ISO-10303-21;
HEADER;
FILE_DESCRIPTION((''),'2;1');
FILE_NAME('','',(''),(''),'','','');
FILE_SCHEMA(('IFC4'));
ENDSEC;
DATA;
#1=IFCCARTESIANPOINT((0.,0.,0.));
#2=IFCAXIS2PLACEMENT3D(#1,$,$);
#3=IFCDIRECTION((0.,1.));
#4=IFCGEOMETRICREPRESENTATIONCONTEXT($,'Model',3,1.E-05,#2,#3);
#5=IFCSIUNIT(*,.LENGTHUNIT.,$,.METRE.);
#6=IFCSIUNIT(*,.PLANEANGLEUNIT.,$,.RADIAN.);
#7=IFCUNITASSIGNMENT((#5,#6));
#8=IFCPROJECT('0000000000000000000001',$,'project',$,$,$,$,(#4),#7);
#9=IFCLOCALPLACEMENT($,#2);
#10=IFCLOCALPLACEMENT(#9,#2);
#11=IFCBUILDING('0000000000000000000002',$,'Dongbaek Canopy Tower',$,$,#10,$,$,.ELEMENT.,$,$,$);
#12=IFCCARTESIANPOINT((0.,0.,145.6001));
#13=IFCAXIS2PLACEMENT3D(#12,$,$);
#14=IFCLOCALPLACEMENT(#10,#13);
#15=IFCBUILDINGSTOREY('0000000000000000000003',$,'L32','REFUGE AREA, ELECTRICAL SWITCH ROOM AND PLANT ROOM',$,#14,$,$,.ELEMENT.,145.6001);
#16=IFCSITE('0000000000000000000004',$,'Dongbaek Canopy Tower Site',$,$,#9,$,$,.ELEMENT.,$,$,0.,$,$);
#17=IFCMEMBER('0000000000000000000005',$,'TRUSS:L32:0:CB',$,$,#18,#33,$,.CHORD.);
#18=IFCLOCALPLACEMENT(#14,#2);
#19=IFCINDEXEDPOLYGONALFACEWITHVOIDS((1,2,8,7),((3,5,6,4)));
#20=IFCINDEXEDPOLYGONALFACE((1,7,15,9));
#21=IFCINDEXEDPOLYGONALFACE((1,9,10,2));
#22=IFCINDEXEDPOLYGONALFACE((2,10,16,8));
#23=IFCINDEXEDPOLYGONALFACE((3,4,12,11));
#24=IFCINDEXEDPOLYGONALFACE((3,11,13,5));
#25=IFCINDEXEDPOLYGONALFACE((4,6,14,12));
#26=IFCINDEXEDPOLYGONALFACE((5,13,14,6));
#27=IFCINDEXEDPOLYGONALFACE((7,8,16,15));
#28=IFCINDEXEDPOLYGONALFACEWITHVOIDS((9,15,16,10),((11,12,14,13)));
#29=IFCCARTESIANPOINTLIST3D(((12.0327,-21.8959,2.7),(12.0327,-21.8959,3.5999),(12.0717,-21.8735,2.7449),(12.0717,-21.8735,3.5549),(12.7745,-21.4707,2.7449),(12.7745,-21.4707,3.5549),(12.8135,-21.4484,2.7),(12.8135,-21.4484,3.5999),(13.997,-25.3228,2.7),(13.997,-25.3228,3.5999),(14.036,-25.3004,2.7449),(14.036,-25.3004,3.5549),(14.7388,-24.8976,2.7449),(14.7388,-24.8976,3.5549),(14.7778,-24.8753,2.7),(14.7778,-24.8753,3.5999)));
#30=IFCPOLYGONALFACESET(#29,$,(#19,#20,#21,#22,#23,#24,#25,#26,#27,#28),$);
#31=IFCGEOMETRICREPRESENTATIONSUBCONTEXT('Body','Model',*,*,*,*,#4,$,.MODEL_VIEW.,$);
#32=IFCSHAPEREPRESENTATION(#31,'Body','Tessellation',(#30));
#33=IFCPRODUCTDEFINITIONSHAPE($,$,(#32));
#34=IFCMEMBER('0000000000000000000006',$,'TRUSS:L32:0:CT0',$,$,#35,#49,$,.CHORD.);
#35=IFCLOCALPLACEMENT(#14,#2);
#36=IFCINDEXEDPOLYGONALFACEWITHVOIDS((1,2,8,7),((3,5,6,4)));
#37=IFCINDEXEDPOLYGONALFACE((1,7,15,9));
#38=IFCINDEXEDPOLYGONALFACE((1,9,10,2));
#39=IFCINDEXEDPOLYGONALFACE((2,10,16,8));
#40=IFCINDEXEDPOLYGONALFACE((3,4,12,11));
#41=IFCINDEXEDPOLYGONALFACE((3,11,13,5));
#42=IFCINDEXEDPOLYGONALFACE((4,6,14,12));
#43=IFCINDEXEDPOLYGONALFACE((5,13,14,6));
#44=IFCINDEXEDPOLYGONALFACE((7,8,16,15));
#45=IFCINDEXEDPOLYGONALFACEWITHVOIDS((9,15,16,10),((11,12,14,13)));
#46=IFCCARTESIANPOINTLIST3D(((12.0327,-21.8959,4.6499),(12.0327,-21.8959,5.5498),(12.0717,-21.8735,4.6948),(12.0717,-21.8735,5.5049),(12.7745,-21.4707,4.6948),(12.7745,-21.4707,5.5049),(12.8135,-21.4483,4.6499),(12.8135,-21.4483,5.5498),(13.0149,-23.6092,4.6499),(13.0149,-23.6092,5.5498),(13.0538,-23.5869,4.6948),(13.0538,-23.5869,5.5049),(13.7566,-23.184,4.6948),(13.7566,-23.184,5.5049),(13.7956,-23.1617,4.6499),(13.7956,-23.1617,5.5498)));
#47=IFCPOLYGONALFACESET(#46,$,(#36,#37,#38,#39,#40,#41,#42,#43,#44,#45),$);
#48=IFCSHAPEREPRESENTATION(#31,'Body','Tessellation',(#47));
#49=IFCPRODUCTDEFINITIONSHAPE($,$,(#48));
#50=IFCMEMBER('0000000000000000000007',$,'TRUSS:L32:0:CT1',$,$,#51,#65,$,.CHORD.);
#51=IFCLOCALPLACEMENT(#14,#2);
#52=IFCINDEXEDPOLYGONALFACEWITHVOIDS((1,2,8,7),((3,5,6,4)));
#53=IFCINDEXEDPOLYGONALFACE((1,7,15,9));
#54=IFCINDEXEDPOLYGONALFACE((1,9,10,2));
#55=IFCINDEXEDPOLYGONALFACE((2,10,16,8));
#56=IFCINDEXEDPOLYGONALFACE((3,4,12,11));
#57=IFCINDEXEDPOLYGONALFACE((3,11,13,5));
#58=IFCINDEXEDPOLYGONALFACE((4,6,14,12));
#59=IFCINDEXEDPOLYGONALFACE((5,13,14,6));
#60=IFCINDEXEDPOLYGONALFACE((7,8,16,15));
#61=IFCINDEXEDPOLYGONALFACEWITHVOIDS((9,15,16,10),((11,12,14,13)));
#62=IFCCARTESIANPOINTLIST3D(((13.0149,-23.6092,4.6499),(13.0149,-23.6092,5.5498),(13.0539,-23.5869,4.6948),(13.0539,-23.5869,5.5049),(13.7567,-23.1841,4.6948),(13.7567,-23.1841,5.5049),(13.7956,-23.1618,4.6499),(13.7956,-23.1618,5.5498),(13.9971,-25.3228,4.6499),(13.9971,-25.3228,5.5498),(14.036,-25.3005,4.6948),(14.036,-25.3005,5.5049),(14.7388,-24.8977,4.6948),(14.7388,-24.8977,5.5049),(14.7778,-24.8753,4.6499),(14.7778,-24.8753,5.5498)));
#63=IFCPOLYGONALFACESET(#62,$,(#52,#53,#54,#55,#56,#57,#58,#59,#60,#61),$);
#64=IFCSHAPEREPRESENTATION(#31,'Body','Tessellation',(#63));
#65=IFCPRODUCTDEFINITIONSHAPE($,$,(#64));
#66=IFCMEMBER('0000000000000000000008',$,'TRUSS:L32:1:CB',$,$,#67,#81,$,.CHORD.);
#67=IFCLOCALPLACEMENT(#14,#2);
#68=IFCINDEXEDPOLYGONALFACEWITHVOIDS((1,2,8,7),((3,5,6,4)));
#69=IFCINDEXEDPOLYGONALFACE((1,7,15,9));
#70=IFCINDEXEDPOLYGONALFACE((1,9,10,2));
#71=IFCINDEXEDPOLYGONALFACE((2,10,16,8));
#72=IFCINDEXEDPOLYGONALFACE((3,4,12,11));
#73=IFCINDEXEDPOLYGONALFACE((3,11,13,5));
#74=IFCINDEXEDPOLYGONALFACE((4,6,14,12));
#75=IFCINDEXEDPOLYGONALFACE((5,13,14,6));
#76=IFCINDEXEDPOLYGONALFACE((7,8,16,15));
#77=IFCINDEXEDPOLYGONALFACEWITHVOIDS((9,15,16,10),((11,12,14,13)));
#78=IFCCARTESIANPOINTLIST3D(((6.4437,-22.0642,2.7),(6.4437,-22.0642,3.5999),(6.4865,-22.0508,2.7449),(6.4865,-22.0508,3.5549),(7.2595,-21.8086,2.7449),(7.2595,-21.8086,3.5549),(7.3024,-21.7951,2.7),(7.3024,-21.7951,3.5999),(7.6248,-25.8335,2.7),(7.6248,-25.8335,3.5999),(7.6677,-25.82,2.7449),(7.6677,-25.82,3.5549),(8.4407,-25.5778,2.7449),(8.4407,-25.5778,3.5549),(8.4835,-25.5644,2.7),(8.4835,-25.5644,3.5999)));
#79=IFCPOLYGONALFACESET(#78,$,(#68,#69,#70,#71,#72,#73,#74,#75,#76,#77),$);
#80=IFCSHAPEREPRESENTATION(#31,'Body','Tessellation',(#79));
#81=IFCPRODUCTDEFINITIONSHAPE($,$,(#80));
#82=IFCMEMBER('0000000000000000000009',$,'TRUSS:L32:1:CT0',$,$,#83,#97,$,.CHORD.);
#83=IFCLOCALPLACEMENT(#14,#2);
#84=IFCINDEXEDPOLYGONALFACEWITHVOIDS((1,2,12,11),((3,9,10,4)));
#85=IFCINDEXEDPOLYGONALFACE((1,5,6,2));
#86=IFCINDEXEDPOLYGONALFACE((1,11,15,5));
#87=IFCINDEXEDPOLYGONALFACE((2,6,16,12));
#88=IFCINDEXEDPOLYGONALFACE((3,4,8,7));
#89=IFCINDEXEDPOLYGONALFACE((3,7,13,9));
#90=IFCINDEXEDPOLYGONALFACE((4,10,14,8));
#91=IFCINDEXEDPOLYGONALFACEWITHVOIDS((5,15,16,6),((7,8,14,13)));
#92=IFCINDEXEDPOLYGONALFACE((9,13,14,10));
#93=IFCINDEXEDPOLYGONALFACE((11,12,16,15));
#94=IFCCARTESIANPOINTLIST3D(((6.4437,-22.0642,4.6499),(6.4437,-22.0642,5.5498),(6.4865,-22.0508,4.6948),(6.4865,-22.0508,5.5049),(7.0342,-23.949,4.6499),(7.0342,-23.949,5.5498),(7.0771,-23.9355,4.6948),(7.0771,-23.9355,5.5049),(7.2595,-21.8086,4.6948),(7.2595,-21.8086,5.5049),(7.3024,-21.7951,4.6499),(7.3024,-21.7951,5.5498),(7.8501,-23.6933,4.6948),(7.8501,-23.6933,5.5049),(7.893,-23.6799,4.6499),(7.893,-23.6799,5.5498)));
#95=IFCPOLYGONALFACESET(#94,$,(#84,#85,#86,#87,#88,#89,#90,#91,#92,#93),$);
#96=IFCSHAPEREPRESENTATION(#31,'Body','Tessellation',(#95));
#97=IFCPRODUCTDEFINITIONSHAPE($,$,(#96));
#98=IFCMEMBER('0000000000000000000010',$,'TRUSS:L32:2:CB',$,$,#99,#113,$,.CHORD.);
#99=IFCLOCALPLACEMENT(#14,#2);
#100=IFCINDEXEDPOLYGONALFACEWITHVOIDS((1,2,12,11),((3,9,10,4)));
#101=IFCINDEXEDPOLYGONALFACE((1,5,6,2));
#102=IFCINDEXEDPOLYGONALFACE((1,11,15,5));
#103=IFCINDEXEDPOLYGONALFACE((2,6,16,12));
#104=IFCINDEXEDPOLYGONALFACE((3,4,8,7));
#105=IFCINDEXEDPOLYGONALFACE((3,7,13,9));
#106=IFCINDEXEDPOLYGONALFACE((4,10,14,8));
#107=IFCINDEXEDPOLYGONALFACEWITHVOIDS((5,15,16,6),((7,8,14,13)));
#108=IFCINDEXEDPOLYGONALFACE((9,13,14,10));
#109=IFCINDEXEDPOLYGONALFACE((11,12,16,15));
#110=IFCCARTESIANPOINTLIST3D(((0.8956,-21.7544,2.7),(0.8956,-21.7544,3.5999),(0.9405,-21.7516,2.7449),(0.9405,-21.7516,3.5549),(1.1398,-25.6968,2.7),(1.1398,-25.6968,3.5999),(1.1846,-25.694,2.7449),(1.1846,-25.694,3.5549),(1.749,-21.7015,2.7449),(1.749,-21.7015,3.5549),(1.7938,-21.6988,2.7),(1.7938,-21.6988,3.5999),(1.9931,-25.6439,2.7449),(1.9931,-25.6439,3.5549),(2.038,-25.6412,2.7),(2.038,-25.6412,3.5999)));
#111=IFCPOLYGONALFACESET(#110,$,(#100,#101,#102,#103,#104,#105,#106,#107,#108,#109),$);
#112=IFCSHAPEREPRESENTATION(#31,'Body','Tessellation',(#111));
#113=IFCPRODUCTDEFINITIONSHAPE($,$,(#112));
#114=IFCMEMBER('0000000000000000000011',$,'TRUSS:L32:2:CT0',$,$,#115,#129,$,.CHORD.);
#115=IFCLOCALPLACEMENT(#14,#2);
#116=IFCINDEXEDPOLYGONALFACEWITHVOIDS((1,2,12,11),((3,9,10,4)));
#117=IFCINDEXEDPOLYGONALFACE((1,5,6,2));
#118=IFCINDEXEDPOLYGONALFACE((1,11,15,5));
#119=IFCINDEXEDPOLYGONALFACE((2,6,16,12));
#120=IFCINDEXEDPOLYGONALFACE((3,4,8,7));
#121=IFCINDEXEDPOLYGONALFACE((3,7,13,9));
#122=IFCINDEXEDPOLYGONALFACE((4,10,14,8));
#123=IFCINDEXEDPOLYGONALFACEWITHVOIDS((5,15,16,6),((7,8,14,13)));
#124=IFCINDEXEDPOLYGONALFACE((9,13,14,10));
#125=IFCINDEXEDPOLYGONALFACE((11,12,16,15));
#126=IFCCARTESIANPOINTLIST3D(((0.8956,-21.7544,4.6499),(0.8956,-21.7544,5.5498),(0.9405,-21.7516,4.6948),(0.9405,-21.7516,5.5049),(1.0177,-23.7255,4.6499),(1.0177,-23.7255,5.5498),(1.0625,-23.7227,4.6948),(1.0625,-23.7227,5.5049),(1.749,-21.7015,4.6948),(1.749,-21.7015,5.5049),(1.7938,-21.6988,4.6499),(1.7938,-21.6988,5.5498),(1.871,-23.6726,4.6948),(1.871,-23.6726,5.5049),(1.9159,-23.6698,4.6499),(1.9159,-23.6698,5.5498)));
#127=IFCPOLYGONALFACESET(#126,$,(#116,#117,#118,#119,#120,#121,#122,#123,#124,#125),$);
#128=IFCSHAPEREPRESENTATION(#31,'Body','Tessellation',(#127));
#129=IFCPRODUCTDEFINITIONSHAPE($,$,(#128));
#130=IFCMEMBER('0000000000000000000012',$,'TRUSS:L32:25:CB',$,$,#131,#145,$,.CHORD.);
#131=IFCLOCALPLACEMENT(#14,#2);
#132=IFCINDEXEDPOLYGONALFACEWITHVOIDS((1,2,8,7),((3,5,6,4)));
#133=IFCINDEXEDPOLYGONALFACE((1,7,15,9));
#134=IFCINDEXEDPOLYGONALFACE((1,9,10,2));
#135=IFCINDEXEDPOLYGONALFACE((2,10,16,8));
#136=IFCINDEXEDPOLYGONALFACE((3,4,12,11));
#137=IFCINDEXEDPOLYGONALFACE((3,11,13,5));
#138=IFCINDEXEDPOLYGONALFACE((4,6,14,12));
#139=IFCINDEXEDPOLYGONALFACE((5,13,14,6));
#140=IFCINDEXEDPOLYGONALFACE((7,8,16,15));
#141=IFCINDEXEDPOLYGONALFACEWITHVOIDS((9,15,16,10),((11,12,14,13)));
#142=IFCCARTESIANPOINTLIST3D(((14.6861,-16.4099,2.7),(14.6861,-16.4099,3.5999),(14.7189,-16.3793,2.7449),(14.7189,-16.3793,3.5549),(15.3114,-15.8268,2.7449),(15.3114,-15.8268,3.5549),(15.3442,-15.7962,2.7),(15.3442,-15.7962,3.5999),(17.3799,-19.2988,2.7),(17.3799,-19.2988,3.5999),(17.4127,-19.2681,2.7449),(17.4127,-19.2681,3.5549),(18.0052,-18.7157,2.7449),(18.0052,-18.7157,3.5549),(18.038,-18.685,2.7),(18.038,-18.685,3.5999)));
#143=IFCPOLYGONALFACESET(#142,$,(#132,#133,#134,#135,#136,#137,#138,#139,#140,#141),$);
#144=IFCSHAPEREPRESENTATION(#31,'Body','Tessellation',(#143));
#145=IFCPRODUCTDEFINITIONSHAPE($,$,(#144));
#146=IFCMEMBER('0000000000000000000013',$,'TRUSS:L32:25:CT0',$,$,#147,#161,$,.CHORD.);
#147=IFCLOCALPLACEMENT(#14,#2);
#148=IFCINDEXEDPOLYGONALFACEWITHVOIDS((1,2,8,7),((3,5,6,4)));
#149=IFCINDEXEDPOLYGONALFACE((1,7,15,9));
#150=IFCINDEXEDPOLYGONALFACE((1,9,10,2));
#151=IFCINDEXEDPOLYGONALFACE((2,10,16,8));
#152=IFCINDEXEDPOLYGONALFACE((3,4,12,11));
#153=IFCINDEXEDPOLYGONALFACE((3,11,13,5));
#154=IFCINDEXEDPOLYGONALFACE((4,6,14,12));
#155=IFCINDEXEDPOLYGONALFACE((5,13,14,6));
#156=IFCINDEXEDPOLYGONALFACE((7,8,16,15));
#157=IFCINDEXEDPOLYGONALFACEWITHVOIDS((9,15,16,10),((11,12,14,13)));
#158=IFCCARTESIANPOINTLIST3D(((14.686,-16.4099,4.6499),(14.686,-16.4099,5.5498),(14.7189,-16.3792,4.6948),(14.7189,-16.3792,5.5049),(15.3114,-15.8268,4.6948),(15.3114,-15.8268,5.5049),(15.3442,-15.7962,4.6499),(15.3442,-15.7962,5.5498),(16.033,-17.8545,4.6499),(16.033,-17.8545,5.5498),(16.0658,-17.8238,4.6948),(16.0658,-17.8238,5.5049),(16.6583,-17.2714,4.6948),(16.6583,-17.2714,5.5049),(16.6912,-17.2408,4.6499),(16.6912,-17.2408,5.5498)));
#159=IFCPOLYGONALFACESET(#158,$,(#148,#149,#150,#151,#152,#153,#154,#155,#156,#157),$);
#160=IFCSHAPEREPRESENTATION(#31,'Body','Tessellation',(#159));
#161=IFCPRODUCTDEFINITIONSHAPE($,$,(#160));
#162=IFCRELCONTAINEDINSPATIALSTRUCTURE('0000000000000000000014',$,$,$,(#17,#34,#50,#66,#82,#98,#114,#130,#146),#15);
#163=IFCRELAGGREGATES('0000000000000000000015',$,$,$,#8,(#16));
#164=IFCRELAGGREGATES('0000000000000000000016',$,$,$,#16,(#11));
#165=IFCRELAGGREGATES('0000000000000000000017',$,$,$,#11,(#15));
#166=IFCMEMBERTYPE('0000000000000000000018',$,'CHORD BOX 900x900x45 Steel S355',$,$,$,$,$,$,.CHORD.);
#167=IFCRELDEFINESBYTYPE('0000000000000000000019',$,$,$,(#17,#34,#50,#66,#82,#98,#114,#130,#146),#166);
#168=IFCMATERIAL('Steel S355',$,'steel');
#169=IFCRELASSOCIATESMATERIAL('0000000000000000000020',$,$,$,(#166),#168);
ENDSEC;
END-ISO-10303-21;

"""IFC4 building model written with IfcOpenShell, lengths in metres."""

from ifc_helpers import new_model, si_unit, direction, frame, origin, origin_2d, place, context, subcontext, project, spatial, hollow_rectangle, extrude, material, material_profile, profile_set, type_object, element, save


model = new_model("IFC4")

# Units and contexts
model_context = context("Model", 3, precision=1e-05, world=origin(), true_north=direction((0.0, 1.0)))
body_context = subcontext(model_context, "Body", "Model", "MODEL_VIEW")
ifc_project = project(units=[si_unit("LENGTHUNIT", "METRE"), si_unit("PLANEANGLEUNIT", "RADIAN")], contexts=[model_context])

# Site, building, storey
site_placement = place(None, origin())
site = spatial("IfcSite", under=ifc_project, at=site_placement, Name="Dongbaek Canopy Tower Site", CompositionType="ELEMENT", RefElevation=0.0)
building_placement = place(site_placement, origin())
building = spatial("IfcBuilding", under=site, at=building_placement, Name="Dongbaek Canopy Tower", CompositionType="ELEMENT")
storey_placement = place(building_placement, frame((0.0, 0.0, 145.6001)))
storey = spatial("IfcBuildingStorey", under=building, at=storey_placement, Name="L32", Description="REFUGE AREA, ELECTRICAL SWITCH ROOM AND PLANT ROOM", CompositionType="ELEMENT", Elevation=145.6001)

# Members
ifc_material_1 = material(Name="Steel S355", Category="steel")
ifc_material_profile_1 = material_profile(ifc_material_1, hollow_rectangle(XDim=0.8999, YDim=0.8999, WallThickness=0.0449, at=origin_2d()), Name="CHORD BOX 900x900x45 Steel S355")
ifc_profile_set_1 = profile_set([ifc_material_profile_1], Name="Steel S355")
member_type_1 = type_object("IfcMemberType", Name="CHORD BOX 900x900x45 Steel S355", PredefinedType="CHORD", material=ifc_profile_set_1)
member_1_placement = place(storey_placement, frame((12.4231, -21.6721, 3.1499), z_axis=(0.497297, -0.867581, 0.0), x_axis=(0.867581, 0.497297, 0.0)))
element("IfcMember", 1, at=member_1_placement, inside=storey, type_object=member_type_1, Name="TRUSS:L32:0:CB", PredefinedType="CHORD", context=body_context, shape_type="SweptSolid", body=[
    extrude(hollow_rectangle(XDim=0.8999, YDim=0.8999, WallThickness=0.0449, at=origin_2d()), origin(), (0.0, 0.0, 1.0), 3.95),
])
member_2_placement = place(storey_placement, frame((12.4231, -21.6721, 5.0999), z_axis=(0.497323, -0.867565, 0.0), x_axis=(0.867565, 0.497323, 0.0)))
element("IfcMember", 2, at=member_2_placement, inside=storey, type_object=member_type_1, Name="TRUSS:L32:0:CT0", PredefinedType="CHORD", context=body_context, shape_type="SweptSolid", body=[
    extrude(hollow_rectangle(XDim=0.8999, YDim=0.8999, WallThickness=0.0449, at=origin_2d()), origin(), (0.0, 0.0, 1.0), 1.9749),
])
member_3_placement = place(storey_placement, frame((13.4053, -23.3855, 5.0999), z_axis=(0.49727, -0.867596, 0.0), x_axis=(0.867596, 0.49727, 0.0)))
element("IfcMember", 3, at=member_3_placement, inside=storey, type_object=member_type_1, Name="TRUSS:L32:0:CT1", PredefinedType="CHORD", context=body_context, shape_type="SweptSolid", body=[
    extrude(hollow_rectangle(XDim=0.8999, YDim=0.8999, WallThickness=0.0449, at=origin_2d()), origin(), (0.0, 0.0, 1.0), 1.9751),
])
member_4_placement = place(storey_placement, frame((6.873, -21.9297, 3.1499), z_axis=(0.299025, -0.954245, 0.0), x_axis=(0.954245, 0.299025, 0.0)))
element("IfcMember", 4, at=member_4_placement, inside=storey, type_object=member_type_1, Name="TRUSS:L32:1:CB", PredefinedType="CHORD", context=body_context, shape_type="SweptSolid", body=[
    extrude(hollow_rectangle(XDim=0.8999, YDim=0.8999, WallThickness=0.0449, at=origin_2d()), origin(), (0.0, 0.0, 1.0), 3.95),
])
member_5_placement = place(storey_placement, frame((6.873, -21.9297, 5.0999), z_axis=(0.299007, -0.954251, 0.0), x_axis=(0.954251, 0.299007, 0.0)))
element("IfcMember", 5, at=member_5_placement, inside=storey, type_object=member_type_1, Name="TRUSS:L32:1:CT0", PredefinedType="CHORD", context=body_context, shape_type="SweptSolid", body=[
    extrude(hollow_rectangle(XDim=0.8999, YDim=0.8999, WallThickness=0.0449, at=origin_2d()), origin(), (0.0, 0.0, 1.0), 1.9751),
])
member_6_placement = place(storey_placement, frame((1.3447, -21.7266, 3.1499), z_axis=(0.061809, -0.998088, 0.0), x_axis=(0.998088, 0.061809, 0.0)))
element("IfcMember", 6, at=member_6_placement, inside=storey, type_object=member_type_1, Name="TRUSS:L32:2:CB", PredefinedType="CHORD", context=body_context, shape_type="SweptSolid", body=[
    extrude(hollow_rectangle(XDim=0.8999, YDim=0.8999, WallThickness=0.0449, at=origin_2d()), origin(), (0.0, 0.0, 1.0), 3.95),
])
member_7_placement = place(storey_placement, frame((1.3447, -21.7266, 5.0999), z_axis=(0.061809, -0.998088, 0.0), x_axis=(0.998088, 0.061809, 0.0)))
element("IfcMember", 7, at=member_7_placement, inside=storey, type_object=member_type_1, Name="TRUSS:L32:2:CT0", PredefinedType="CHORD", context=body_context, shape_type="SweptSolid", body=[
    extrude(hollow_rectangle(XDim=0.8999, YDim=0.8999, WallThickness=0.0449, at=origin_2d()), origin(), (0.0, 0.0, 1.0), 1.9749),
])
member_8_placement = place(storey_placement, frame((15.0151, -16.103, 3.1499), z_axis=(0.681983, -0.731368, 0.0), x_axis=(0.731368, 0.681983, 0.0)))
element("IfcMember", 8, at=member_8_placement, inside=storey, type_object=member_type_1, Name="TRUSS:L32:25:CB", PredefinedType="CHORD", context=body_context, shape_type="SweptSolid", body=[
    extrude(hollow_rectangle(XDim=0.8999, YDim=0.8999, WallThickness=0.0449, at=origin_2d()), origin(), (0.0, 0.0, 1.0), 3.95),
])
member_9_placement = place(storey_placement, frame((15.0151, -16.103, 5.0999), z_axis=(0.681953, -0.731396, 0.0), x_axis=(0.731396, 0.681953, 0.0)))
element("IfcMember", 9, at=member_9_placement, inside=storey, type_object=member_type_1, Name="TRUSS:L32:25:CT0", PredefinedType="CHORD", context=body_context, shape_type="SweptSolid", body=[
    extrude(hollow_rectangle(XDim=0.8999, YDim=0.8999, WallThickness=0.0449, at=origin_2d()), origin(), (0.0, 0.0, 1.0), 1.9751),
])

save(model, "model.ifc")
